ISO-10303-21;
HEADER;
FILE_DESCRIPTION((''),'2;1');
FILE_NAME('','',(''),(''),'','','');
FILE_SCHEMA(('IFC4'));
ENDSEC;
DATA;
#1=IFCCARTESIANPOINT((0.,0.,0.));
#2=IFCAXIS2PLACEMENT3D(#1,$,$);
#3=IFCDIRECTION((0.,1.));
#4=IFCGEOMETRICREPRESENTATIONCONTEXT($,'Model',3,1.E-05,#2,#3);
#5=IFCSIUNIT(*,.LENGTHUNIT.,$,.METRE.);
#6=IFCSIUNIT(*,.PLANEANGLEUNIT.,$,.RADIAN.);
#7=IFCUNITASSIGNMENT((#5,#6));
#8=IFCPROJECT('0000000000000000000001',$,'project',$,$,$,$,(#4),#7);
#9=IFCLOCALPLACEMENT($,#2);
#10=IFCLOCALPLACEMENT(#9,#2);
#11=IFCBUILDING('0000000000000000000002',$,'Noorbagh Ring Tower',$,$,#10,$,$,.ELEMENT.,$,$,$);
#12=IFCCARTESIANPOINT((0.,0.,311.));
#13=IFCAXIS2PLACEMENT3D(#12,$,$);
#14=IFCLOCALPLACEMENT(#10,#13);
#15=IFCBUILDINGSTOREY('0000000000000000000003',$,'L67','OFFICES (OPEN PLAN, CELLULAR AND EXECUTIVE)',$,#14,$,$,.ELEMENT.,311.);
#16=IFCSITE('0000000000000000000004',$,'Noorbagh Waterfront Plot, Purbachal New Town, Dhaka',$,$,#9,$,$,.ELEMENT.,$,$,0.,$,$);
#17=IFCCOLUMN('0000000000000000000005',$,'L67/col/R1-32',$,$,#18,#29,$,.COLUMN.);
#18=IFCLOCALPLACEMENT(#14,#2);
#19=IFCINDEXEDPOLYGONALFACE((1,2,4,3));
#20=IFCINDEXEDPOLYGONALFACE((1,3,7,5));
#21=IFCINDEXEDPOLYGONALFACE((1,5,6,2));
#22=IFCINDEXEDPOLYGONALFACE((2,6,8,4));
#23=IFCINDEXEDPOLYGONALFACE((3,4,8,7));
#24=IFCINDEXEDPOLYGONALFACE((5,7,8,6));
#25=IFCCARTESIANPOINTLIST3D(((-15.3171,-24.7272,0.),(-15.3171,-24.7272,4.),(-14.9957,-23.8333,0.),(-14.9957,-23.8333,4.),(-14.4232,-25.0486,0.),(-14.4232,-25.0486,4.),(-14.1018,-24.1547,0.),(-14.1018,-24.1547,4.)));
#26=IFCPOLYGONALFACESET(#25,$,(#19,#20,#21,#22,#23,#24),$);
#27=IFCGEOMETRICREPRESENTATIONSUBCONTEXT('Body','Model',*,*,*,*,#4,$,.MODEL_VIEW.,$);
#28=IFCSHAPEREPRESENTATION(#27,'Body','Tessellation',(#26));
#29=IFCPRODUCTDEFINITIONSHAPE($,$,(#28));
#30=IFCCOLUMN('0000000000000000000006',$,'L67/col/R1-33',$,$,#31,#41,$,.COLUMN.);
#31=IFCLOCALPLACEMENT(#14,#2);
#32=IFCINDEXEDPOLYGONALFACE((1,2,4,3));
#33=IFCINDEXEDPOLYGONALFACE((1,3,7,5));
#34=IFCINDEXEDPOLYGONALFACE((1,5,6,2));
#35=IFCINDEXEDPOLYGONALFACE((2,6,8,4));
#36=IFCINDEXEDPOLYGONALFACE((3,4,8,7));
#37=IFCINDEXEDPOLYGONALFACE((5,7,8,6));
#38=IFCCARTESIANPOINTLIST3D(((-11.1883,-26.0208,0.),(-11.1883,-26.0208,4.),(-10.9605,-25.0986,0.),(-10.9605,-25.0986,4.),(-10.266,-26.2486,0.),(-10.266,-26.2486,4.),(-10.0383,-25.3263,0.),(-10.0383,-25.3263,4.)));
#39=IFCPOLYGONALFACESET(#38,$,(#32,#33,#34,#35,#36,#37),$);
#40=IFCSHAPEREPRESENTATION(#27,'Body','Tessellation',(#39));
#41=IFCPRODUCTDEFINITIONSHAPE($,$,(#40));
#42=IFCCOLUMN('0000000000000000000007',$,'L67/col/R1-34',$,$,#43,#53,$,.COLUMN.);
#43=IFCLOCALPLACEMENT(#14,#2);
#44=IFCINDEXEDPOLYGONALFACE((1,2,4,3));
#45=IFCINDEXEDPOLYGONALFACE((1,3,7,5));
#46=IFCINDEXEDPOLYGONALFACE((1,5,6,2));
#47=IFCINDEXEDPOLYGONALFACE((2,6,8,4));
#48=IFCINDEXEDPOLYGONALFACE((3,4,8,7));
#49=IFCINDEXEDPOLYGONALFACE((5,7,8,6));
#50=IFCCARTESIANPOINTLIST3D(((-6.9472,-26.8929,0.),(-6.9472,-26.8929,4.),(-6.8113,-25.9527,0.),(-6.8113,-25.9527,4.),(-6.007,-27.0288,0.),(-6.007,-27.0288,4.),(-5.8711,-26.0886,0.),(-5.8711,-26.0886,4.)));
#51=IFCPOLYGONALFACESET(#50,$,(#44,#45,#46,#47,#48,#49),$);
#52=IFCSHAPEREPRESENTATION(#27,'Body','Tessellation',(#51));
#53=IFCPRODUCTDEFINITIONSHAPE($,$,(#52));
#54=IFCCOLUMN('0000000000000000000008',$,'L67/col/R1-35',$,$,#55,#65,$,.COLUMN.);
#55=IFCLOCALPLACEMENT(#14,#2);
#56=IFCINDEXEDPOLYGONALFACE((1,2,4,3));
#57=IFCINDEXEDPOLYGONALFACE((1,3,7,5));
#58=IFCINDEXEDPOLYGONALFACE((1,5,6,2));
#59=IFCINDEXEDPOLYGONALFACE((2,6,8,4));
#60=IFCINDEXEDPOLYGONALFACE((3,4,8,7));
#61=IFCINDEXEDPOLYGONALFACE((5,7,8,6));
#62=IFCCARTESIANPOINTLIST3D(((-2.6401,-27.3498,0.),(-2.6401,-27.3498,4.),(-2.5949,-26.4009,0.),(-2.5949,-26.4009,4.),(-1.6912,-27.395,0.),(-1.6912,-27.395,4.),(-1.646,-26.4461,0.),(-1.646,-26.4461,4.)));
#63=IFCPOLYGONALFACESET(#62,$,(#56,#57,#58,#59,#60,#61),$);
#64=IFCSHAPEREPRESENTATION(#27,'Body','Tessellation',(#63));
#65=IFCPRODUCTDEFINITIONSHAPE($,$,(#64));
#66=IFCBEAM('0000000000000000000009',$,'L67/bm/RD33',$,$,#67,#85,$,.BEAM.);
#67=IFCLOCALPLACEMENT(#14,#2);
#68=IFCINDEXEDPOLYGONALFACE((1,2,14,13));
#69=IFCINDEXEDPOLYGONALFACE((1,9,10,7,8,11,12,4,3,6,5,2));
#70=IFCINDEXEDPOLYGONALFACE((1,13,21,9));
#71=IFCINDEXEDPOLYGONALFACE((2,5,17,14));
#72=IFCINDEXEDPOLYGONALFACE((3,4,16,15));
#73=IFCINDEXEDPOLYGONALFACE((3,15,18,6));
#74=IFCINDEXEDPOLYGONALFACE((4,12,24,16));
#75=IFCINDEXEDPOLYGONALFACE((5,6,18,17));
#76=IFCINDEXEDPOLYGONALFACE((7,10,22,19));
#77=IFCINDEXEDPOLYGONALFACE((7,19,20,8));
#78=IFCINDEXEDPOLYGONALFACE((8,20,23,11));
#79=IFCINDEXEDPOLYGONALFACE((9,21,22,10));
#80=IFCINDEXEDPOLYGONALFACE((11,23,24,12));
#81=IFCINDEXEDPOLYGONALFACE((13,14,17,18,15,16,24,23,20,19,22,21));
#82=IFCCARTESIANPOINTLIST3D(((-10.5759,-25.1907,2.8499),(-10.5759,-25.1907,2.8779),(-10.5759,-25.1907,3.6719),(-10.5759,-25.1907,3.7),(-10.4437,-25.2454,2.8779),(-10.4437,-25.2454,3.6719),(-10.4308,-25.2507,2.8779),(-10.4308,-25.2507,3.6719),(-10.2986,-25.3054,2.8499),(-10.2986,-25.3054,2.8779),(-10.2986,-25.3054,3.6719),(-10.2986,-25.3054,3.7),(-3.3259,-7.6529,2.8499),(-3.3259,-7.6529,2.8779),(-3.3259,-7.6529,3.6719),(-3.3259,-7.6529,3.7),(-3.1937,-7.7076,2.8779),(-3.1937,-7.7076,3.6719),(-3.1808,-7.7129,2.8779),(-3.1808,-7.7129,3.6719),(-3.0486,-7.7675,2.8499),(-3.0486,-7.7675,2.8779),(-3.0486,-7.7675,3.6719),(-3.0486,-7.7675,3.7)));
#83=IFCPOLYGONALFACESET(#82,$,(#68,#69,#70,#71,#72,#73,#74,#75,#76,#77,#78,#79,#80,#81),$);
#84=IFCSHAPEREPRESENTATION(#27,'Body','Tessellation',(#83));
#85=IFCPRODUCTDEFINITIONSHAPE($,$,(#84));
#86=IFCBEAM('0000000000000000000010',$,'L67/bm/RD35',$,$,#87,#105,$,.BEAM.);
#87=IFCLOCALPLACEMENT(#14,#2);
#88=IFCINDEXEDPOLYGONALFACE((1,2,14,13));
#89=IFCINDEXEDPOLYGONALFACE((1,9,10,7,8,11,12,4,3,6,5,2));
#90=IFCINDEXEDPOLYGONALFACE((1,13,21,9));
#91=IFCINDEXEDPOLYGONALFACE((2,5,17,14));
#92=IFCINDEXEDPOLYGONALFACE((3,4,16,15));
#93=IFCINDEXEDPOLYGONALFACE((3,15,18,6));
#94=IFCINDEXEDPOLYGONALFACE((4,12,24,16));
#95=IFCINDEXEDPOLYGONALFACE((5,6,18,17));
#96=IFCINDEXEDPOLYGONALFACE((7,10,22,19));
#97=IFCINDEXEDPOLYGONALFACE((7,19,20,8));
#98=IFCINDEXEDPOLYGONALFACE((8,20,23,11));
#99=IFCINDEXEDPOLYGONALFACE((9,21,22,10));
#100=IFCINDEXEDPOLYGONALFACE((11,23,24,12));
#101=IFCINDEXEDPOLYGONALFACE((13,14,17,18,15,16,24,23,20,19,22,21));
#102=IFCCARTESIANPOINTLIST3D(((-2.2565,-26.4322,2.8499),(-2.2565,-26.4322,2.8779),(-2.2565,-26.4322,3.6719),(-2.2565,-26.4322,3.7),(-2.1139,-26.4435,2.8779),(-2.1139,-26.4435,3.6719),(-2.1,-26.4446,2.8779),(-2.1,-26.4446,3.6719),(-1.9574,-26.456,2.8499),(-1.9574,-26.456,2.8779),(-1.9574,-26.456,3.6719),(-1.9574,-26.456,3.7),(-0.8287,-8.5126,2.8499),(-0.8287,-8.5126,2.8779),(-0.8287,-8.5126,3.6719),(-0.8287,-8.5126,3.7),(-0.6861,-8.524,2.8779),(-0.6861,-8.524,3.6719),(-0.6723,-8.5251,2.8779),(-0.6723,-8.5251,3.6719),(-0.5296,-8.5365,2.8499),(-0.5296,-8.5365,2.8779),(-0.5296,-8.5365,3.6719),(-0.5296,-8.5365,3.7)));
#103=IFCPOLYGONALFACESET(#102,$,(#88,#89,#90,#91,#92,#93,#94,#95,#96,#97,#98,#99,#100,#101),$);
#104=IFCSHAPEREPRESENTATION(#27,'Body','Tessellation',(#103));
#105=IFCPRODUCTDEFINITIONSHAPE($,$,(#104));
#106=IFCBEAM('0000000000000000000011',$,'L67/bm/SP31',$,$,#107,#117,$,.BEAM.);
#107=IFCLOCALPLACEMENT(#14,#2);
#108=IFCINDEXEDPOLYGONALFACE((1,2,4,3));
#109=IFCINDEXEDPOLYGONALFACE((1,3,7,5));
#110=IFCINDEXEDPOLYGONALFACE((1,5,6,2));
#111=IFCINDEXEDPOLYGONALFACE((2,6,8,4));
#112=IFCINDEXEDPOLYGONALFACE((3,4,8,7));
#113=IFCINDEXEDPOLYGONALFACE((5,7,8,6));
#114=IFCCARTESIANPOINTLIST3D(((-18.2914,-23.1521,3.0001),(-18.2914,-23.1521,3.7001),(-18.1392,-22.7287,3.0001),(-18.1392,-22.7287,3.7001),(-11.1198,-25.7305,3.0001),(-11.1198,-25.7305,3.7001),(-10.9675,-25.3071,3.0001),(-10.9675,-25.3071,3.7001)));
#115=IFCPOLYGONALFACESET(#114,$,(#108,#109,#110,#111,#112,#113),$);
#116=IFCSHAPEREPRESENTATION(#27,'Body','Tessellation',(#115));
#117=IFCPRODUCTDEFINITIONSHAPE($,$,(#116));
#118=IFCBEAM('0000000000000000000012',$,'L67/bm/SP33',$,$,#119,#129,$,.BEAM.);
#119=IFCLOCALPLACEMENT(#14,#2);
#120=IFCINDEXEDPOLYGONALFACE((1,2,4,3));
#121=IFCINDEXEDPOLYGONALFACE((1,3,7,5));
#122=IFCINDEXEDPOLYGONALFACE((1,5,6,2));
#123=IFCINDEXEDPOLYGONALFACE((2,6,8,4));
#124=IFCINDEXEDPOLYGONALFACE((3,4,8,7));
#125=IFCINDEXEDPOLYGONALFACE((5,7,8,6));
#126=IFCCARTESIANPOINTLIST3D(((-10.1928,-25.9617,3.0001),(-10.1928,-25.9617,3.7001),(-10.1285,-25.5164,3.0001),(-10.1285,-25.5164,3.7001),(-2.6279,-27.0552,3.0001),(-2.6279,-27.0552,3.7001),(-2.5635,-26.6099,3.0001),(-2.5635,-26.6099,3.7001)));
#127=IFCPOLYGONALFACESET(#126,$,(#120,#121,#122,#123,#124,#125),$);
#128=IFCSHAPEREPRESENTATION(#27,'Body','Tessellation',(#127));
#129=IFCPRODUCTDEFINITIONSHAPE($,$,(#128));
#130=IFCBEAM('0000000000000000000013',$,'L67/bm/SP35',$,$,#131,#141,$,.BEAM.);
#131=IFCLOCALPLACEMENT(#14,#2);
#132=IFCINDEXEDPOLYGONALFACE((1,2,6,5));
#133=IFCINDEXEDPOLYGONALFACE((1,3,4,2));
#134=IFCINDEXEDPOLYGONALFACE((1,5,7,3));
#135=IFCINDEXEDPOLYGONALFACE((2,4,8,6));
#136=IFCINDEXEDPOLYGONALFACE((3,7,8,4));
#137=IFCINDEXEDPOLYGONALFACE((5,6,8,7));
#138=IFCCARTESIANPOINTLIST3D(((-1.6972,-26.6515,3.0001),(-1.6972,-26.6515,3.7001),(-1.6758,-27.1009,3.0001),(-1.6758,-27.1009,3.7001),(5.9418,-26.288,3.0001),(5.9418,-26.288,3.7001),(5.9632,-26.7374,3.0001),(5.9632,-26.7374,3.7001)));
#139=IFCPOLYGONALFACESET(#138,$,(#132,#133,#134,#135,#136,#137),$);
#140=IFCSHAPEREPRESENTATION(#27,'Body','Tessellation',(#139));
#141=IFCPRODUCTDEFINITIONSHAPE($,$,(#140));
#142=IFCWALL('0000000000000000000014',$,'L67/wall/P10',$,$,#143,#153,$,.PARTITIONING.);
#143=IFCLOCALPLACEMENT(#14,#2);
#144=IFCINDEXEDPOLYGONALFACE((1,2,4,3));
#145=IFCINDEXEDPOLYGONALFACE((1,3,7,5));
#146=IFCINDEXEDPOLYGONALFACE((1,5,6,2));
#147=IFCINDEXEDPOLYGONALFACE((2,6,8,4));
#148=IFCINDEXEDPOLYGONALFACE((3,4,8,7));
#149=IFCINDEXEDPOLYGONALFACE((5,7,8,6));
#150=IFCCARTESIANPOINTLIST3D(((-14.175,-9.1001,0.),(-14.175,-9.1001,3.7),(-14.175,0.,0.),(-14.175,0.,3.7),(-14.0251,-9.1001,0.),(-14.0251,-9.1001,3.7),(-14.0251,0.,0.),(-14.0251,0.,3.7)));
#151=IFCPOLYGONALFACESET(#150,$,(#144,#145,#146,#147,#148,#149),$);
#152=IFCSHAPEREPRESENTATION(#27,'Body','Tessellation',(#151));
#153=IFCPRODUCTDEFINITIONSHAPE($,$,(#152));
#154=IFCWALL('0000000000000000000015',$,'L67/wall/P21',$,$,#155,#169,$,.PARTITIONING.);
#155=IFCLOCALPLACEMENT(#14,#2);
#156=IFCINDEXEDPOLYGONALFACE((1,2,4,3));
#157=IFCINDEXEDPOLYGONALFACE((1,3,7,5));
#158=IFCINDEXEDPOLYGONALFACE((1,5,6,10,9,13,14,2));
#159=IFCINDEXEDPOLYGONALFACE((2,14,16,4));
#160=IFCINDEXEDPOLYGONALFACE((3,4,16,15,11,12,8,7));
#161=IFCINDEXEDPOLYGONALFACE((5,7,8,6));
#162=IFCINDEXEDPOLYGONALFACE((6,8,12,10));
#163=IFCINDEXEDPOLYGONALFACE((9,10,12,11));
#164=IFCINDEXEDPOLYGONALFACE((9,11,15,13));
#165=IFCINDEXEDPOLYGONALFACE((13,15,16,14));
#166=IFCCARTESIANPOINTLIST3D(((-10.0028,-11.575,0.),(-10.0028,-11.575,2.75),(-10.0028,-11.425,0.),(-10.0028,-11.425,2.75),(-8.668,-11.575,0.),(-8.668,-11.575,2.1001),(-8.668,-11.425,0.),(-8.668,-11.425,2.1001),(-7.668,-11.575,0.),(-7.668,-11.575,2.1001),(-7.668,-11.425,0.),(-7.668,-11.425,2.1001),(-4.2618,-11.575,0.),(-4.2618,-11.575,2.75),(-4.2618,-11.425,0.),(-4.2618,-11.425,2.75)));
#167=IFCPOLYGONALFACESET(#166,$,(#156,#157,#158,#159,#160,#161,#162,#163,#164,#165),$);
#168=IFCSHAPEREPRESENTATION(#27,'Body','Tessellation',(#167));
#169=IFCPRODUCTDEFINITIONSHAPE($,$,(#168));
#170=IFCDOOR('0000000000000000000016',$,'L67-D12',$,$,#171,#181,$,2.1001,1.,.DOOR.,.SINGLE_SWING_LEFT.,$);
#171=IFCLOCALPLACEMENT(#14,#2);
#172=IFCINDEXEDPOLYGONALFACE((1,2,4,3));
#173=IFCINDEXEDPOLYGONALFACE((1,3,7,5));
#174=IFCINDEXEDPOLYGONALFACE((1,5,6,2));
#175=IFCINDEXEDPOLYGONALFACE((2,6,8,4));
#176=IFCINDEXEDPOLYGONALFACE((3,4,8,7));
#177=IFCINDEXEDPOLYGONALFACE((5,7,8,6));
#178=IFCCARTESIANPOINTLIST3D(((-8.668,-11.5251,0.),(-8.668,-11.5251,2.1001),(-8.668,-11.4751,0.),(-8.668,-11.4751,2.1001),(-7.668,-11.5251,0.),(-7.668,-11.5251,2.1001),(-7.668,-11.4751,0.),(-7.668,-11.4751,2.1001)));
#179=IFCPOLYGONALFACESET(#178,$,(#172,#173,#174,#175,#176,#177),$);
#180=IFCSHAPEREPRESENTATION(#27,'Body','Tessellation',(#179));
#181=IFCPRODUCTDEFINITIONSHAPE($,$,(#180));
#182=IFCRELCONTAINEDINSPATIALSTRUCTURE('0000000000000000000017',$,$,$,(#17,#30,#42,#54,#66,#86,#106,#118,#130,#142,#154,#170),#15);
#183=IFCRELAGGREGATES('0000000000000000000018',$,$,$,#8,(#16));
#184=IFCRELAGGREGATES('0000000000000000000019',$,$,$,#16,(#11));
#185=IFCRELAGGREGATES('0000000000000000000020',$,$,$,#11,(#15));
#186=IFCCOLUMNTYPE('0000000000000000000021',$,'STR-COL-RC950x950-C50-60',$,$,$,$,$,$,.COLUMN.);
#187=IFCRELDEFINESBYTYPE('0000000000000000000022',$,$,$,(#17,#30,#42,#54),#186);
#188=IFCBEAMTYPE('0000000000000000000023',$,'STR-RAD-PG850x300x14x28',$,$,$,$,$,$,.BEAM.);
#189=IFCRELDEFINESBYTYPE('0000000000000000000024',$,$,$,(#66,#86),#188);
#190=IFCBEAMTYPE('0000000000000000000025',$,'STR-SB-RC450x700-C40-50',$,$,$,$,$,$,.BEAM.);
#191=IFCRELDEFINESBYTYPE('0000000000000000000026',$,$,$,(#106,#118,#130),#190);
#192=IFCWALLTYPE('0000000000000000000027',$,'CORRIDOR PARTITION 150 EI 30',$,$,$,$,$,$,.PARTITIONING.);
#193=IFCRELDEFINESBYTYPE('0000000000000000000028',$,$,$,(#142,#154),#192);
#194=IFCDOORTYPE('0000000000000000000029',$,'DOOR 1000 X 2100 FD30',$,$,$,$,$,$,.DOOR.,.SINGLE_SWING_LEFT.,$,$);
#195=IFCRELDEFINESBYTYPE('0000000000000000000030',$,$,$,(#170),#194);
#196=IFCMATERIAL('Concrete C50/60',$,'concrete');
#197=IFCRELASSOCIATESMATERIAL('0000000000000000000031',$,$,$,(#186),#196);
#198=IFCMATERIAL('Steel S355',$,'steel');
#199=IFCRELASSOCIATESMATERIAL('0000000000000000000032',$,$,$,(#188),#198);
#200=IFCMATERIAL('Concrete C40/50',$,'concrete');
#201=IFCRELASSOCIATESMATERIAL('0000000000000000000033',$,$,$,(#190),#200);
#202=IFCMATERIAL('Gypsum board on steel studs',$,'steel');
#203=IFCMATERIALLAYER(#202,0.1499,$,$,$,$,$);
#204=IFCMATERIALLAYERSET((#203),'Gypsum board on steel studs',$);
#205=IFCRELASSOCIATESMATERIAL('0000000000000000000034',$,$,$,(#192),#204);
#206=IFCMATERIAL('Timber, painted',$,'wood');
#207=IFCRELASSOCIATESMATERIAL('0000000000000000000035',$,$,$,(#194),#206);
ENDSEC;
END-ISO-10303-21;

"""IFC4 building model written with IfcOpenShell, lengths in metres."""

from ifc_helpers import new_model, si_unit, direction, frame, frame_2d, origin, origin_2d, place, context, subcontext, project, spatial, rectangle, i_section, extrude, material, layer, layer_set, material_profile, profile_set, type_object, element, fill, save


model = new_model("IFC4")

# Units and contexts
model_context = context("Model", 3, precision=1e-05, world=origin(), true_north=direction((0.0, 1.0)))
body_context = subcontext(model_context, "Body", "Model", "MODEL_VIEW")
ifc_project = project(units=[si_unit("LENGTHUNIT", "METRE"), si_unit("PLANEANGLEUNIT", "RADIAN")], contexts=[model_context])

# Site, building, storey
site_placement = place(None, origin())
site = spatial("IfcSite", under=ifc_project, at=site_placement, Name="Noorbagh Waterfront Plot, Purbachal New Town, Dhaka", CompositionType="ELEMENT", RefElevation=0.0)
building_placement = place(site_placement, origin())
building = spatial("IfcBuilding", under=site, at=building_placement, Name="Noorbagh Ring Tower", CompositionType="ELEMENT")
storey_placement = place(building_placement, frame((0.0, 0.0, 311.0)))
storey = spatial("IfcBuildingStorey", under=building, at=storey_placement, Name="L67", Description="OFFICES (OPEN PLAN, CELLULAR AND EXECUTIVE)", CompositionType="ELEMENT", Elevation=311.0)

# Columns
ifc_material_1 = material(Name="Concrete C50/60", Category="concrete")
ifc_material_profile_1 = material_profile(ifc_material_1, rectangle(XDim=0.95, YDim=0.95, at=origin_2d()), Name="RC950x950")
ifc_profile_set_1 = profile_set([ifc_material_profile_1], Name="Concrete C50/60")
column_type = type_object("IfcColumnType", Name="STR-COL-RC950x950-C50-60", PredefinedType="COLUMN", material=ifc_profile_set_1)
for number, where, z_axis, x_axis, name in (
    (1, (-14.7095, -24.4409, 0.0), (0.0, 0.0, 1.0), (0.941025, -0.338338, 0.0), "L67/col/R1-32"),
    (2, (-10.6133, -25.6736, 0.0), (0.0, 0.0, 1.0), (0.970829, -0.239771, 0.0), "L67/col/R1-33"),
    (3, (-6.4092, -26.4907, 0.0), (0.0, 0.0, 1.0), (0.989713, -0.143066, 0.0), "L67/col/R1-34"),
    (4, (-2.1431, -26.8979, 0.0), (0.0, 0.0, 1.0), (0.998869, -0.047553, 0.0), "L67/col/R1-35"),
):
    element("IfcColumn", number, at=place(storey_placement, frame(where, z_axis=z_axis, x_axis=x_axis)), inside=storey, type_object=column_type, Name=name, PredefinedType="COLUMN", context=body_context, shape_type="SweptSolid", body=[
        extrude(rectangle(XDim=0.95, YDim=0.95, at=origin_2d()), origin(), (0.0, 0.0, 1.0), 4.0),
    ])

# Beams
ifc_material_2 = material(Name="Steel S355", Category="steel")
ifc_material_profile_2 = material_profile(ifc_material_2, i_section(OverallWidth=0.3, OverallDepth=0.8501, WebThickness=0.0139, FlangeThickness=0.0281, at=origin_2d()), Name="PG850x300x14x28")
ifc_profile_set_2 = profile_set([ifc_material_profile_2], Name="Steel S355")
beam_type_1 = type_object("IfcBeamType", Name="STR-RAD-PG850x300x14x28", PredefinedType="BEAM", material=ifc_profile_set_2)
beam_1_placement = place(storey_placement, frame((-10.4373, -25.248, 3.2749), z_axis=(0.382035, 0.924148, 0.0), x_axis=(-0.924148, 0.382035, 0.0)))
element("IfcBeam", 5, at=beam_1_placement, inside=storey, type_object=beam_type_1, Name="L67/bm/RD33", PredefinedType="BEAM", context=body_context, shape_type="SweptSolid", body=[
    extrude(i_section(OverallWidth=0.3, OverallDepth=0.8501, WebThickness=0.0139, FlangeThickness=0.0281, at=origin_2d()), origin(), (0.0, 0.0, 1.0), 18.9773),
])
beam_2_placement = place(storey_placement, frame((-2.1069, -26.4441, 3.2749), z_axis=(0.079423, 0.996841, 0.0), x_axis=(-0.996841, 0.079423, 0.0)))
element("IfcBeam", 6, at=beam_2_placement, inside=storey, type_object=beam_type_1, Name="L67/bm/RD35", PredefinedType="BEAM", context=body_context, shape_type="SweptSolid", body=[
    extrude(i_section(OverallWidth=0.3, OverallDepth=0.8501, WebThickness=0.0139, FlangeThickness=0.0281, at=origin_2d()), origin(), (0.0, 0.0, 1.0), 17.9763),
])
ifc_material_3 = material(Name="Concrete C40/50", Category="concrete")
ifc_material_profile_3 = material_profile(ifc_material_3, rectangle(XDim=0.45, YDim=0.7, at=origin_2d()), Name="RC450x700")
ifc_profile_set_3 = profile_set([ifc_material_profile_3], Name="Concrete C40/50")
beam_type_2 = type_object("IfcBeamType", Name="STR-SB-RC450x700-C40-50", PredefinedType="BEAM", material=ifc_profile_set_3)
beam_3_placement = place(storey_placement, frame((-18.2153, -22.9404, 3.3501), z_axis=(0.94103, -0.338322, 0.0), x_axis=(0.338322, 0.94103, 0.0)))
element("IfcBeam", 7, at=beam_3_placement, inside=storey, type_object=beam_type_2, Name="L67/bm/SP31", PredefinedType="BEAM", context=body_context, shape_type="SweptSolid", body=[
    extrude(rectangle(XDim=0.45, YDim=0.7, at=origin_2d()), origin(), (0.0, 0.0, 1.0), 7.6211),
])
beam_4_placement = place(storey_placement, frame((-10.1606, -25.739, 3.3501), z_axis=(0.989714, -0.143062, 0.0), x_axis=(0.143062, 0.989714, 0.0)))
element("IfcBeam", 8, at=beam_4_placement, inside=storey, type_object=beam_type_2, Name="L67/bm/SP33", PredefinedType="BEAM", context=body_context, shape_type="SweptSolid", body=[
    extrude(rectangle(XDim=0.45, YDim=0.7, at=origin_2d()), origin(), (0.0, 0.0, 1.0), 7.6436),
])
beam_5_placement = place(storey_placement, frame((-1.6865, -26.8762, 3.3501), z_axis=(0.99887, 0.047533, 0.0), x_axis=(-0.047533, 0.99887, 0.0)))
element("IfcBeam", 9, at=beam_5_placement, inside=storey, type_object=beam_type_2, Name="L67/bm/SP35", PredefinedType="BEAM", context=body_context, shape_type="SweptSolid", body=[
    extrude(rectangle(XDim=0.45, YDim=0.7, at=origin_2d()), origin(), (0.0, 0.0, 1.0), 7.6477),
])

# Wall
ifc_material_4 = material(Name="Gypsum board on steel studs", Category="steel")
ifc_layer_1 = layer(ifc_material_4, 0.1499)
ifc_layer_set_1 = layer_set([ifc_layer_1], Name="Gypsum board on steel studs")
wall_type_1 = type_object("IfcWallType", Name="CORRIDOR PARTITION 150 EI 30", PredefinedType="PARTITIONING", material=ifc_layer_set_1)
wall_1_placement = place(storey_placement, frame((-14.1001, -9.1001, 0.0), z_axis=(0.0, 0.0, 1.0), x_axis=(0.0, 1.0, 0.0)))
element("IfcWall", 10, at=wall_1_placement, inside=storey, type_object=wall_type_1, Name="L67/wall/P10", PredefinedType="PARTITIONING", context=body_context, shape_type="SweptSolid", body=[
    extrude(rectangle(XDim=9.1001, YDim=0.1499, at=frame_2d((4.55, 0.0))), origin(), (0.0, 0.0, 1.0), 3.7),
])

# Wall, opening, door
wall_2_placement = place(storey_placement, frame((-10.0029, -11.5, 0.0), z_axis=(0.0, 0.0, 1.0), x_axis=(1.0, 0.0, 0.0)))
wall_2 = element("IfcWall", 11, at=wall_2_placement, inside=storey, type_object=wall_type_1, Name="L67/wall/P21", PredefinedType="PARTITIONING", context=body_context, shape_type="SweptSolid", body=[
    extrude(rectangle(XDim=5.741, YDim=0.1499, at=frame_2d((2.8706, 0.0))), origin(), (0.0, 0.0, 1.0), 2.75),
])
opening_1_placement = place(wall_2_placement, frame((1.335, 0.0, 0.0)))
opening_1 = element("IfcOpeningElement", 12, at=opening_1_placement, cuts=wall_2, PredefinedType="OPENING", context=body_context, shape_type="SweptSolid", body=[
    extrude(rectangle(XDim=1.0, YDim=2.1001, at=frame_2d((0.5, 1.05))), frame((0.0, 0.085, 0.0), z_axis=(0.0, -1.0, 0.0), x_axis=(1.0, 0.0, 0.0)), (0.0, 0.0, 1.0), 0.1699),
])
ifc_material_5 = material(Name="Timber, painted", Category="wood")
door_type = type_object("IfcDoorType", Name="DOOR 1000 X 2100 FD30", OperationType="SINGLE_SWING_LEFT", PredefinedType="DOOR", material=ifc_material_5)
door_1_placement = place(opening_1_placement, origin())
door_1 = element("IfcDoor", 13, at=door_1_placement, inside=storey, type_object=door_type, Name="L67-D12", OperationType="SINGLE_SWING_LEFT", OverallHeight=2.1001, OverallWidth=1.0, PredefinedType="DOOR", context=body_context, shape_type="SweptSolid", body=[
    extrude(rectangle(XDim=1.0, YDim=2.1001, at=frame_2d((0.5, 1.05))), frame((0.0, 0.0249, 0.0), z_axis=(0.0, -1.0, 0.0), x_axis=(1.0, 0.0, 0.0)), (0.0, 0.0, 1.0), 0.05),
])
fill(opening_1, door_1)

save(model, "model.ifc")
